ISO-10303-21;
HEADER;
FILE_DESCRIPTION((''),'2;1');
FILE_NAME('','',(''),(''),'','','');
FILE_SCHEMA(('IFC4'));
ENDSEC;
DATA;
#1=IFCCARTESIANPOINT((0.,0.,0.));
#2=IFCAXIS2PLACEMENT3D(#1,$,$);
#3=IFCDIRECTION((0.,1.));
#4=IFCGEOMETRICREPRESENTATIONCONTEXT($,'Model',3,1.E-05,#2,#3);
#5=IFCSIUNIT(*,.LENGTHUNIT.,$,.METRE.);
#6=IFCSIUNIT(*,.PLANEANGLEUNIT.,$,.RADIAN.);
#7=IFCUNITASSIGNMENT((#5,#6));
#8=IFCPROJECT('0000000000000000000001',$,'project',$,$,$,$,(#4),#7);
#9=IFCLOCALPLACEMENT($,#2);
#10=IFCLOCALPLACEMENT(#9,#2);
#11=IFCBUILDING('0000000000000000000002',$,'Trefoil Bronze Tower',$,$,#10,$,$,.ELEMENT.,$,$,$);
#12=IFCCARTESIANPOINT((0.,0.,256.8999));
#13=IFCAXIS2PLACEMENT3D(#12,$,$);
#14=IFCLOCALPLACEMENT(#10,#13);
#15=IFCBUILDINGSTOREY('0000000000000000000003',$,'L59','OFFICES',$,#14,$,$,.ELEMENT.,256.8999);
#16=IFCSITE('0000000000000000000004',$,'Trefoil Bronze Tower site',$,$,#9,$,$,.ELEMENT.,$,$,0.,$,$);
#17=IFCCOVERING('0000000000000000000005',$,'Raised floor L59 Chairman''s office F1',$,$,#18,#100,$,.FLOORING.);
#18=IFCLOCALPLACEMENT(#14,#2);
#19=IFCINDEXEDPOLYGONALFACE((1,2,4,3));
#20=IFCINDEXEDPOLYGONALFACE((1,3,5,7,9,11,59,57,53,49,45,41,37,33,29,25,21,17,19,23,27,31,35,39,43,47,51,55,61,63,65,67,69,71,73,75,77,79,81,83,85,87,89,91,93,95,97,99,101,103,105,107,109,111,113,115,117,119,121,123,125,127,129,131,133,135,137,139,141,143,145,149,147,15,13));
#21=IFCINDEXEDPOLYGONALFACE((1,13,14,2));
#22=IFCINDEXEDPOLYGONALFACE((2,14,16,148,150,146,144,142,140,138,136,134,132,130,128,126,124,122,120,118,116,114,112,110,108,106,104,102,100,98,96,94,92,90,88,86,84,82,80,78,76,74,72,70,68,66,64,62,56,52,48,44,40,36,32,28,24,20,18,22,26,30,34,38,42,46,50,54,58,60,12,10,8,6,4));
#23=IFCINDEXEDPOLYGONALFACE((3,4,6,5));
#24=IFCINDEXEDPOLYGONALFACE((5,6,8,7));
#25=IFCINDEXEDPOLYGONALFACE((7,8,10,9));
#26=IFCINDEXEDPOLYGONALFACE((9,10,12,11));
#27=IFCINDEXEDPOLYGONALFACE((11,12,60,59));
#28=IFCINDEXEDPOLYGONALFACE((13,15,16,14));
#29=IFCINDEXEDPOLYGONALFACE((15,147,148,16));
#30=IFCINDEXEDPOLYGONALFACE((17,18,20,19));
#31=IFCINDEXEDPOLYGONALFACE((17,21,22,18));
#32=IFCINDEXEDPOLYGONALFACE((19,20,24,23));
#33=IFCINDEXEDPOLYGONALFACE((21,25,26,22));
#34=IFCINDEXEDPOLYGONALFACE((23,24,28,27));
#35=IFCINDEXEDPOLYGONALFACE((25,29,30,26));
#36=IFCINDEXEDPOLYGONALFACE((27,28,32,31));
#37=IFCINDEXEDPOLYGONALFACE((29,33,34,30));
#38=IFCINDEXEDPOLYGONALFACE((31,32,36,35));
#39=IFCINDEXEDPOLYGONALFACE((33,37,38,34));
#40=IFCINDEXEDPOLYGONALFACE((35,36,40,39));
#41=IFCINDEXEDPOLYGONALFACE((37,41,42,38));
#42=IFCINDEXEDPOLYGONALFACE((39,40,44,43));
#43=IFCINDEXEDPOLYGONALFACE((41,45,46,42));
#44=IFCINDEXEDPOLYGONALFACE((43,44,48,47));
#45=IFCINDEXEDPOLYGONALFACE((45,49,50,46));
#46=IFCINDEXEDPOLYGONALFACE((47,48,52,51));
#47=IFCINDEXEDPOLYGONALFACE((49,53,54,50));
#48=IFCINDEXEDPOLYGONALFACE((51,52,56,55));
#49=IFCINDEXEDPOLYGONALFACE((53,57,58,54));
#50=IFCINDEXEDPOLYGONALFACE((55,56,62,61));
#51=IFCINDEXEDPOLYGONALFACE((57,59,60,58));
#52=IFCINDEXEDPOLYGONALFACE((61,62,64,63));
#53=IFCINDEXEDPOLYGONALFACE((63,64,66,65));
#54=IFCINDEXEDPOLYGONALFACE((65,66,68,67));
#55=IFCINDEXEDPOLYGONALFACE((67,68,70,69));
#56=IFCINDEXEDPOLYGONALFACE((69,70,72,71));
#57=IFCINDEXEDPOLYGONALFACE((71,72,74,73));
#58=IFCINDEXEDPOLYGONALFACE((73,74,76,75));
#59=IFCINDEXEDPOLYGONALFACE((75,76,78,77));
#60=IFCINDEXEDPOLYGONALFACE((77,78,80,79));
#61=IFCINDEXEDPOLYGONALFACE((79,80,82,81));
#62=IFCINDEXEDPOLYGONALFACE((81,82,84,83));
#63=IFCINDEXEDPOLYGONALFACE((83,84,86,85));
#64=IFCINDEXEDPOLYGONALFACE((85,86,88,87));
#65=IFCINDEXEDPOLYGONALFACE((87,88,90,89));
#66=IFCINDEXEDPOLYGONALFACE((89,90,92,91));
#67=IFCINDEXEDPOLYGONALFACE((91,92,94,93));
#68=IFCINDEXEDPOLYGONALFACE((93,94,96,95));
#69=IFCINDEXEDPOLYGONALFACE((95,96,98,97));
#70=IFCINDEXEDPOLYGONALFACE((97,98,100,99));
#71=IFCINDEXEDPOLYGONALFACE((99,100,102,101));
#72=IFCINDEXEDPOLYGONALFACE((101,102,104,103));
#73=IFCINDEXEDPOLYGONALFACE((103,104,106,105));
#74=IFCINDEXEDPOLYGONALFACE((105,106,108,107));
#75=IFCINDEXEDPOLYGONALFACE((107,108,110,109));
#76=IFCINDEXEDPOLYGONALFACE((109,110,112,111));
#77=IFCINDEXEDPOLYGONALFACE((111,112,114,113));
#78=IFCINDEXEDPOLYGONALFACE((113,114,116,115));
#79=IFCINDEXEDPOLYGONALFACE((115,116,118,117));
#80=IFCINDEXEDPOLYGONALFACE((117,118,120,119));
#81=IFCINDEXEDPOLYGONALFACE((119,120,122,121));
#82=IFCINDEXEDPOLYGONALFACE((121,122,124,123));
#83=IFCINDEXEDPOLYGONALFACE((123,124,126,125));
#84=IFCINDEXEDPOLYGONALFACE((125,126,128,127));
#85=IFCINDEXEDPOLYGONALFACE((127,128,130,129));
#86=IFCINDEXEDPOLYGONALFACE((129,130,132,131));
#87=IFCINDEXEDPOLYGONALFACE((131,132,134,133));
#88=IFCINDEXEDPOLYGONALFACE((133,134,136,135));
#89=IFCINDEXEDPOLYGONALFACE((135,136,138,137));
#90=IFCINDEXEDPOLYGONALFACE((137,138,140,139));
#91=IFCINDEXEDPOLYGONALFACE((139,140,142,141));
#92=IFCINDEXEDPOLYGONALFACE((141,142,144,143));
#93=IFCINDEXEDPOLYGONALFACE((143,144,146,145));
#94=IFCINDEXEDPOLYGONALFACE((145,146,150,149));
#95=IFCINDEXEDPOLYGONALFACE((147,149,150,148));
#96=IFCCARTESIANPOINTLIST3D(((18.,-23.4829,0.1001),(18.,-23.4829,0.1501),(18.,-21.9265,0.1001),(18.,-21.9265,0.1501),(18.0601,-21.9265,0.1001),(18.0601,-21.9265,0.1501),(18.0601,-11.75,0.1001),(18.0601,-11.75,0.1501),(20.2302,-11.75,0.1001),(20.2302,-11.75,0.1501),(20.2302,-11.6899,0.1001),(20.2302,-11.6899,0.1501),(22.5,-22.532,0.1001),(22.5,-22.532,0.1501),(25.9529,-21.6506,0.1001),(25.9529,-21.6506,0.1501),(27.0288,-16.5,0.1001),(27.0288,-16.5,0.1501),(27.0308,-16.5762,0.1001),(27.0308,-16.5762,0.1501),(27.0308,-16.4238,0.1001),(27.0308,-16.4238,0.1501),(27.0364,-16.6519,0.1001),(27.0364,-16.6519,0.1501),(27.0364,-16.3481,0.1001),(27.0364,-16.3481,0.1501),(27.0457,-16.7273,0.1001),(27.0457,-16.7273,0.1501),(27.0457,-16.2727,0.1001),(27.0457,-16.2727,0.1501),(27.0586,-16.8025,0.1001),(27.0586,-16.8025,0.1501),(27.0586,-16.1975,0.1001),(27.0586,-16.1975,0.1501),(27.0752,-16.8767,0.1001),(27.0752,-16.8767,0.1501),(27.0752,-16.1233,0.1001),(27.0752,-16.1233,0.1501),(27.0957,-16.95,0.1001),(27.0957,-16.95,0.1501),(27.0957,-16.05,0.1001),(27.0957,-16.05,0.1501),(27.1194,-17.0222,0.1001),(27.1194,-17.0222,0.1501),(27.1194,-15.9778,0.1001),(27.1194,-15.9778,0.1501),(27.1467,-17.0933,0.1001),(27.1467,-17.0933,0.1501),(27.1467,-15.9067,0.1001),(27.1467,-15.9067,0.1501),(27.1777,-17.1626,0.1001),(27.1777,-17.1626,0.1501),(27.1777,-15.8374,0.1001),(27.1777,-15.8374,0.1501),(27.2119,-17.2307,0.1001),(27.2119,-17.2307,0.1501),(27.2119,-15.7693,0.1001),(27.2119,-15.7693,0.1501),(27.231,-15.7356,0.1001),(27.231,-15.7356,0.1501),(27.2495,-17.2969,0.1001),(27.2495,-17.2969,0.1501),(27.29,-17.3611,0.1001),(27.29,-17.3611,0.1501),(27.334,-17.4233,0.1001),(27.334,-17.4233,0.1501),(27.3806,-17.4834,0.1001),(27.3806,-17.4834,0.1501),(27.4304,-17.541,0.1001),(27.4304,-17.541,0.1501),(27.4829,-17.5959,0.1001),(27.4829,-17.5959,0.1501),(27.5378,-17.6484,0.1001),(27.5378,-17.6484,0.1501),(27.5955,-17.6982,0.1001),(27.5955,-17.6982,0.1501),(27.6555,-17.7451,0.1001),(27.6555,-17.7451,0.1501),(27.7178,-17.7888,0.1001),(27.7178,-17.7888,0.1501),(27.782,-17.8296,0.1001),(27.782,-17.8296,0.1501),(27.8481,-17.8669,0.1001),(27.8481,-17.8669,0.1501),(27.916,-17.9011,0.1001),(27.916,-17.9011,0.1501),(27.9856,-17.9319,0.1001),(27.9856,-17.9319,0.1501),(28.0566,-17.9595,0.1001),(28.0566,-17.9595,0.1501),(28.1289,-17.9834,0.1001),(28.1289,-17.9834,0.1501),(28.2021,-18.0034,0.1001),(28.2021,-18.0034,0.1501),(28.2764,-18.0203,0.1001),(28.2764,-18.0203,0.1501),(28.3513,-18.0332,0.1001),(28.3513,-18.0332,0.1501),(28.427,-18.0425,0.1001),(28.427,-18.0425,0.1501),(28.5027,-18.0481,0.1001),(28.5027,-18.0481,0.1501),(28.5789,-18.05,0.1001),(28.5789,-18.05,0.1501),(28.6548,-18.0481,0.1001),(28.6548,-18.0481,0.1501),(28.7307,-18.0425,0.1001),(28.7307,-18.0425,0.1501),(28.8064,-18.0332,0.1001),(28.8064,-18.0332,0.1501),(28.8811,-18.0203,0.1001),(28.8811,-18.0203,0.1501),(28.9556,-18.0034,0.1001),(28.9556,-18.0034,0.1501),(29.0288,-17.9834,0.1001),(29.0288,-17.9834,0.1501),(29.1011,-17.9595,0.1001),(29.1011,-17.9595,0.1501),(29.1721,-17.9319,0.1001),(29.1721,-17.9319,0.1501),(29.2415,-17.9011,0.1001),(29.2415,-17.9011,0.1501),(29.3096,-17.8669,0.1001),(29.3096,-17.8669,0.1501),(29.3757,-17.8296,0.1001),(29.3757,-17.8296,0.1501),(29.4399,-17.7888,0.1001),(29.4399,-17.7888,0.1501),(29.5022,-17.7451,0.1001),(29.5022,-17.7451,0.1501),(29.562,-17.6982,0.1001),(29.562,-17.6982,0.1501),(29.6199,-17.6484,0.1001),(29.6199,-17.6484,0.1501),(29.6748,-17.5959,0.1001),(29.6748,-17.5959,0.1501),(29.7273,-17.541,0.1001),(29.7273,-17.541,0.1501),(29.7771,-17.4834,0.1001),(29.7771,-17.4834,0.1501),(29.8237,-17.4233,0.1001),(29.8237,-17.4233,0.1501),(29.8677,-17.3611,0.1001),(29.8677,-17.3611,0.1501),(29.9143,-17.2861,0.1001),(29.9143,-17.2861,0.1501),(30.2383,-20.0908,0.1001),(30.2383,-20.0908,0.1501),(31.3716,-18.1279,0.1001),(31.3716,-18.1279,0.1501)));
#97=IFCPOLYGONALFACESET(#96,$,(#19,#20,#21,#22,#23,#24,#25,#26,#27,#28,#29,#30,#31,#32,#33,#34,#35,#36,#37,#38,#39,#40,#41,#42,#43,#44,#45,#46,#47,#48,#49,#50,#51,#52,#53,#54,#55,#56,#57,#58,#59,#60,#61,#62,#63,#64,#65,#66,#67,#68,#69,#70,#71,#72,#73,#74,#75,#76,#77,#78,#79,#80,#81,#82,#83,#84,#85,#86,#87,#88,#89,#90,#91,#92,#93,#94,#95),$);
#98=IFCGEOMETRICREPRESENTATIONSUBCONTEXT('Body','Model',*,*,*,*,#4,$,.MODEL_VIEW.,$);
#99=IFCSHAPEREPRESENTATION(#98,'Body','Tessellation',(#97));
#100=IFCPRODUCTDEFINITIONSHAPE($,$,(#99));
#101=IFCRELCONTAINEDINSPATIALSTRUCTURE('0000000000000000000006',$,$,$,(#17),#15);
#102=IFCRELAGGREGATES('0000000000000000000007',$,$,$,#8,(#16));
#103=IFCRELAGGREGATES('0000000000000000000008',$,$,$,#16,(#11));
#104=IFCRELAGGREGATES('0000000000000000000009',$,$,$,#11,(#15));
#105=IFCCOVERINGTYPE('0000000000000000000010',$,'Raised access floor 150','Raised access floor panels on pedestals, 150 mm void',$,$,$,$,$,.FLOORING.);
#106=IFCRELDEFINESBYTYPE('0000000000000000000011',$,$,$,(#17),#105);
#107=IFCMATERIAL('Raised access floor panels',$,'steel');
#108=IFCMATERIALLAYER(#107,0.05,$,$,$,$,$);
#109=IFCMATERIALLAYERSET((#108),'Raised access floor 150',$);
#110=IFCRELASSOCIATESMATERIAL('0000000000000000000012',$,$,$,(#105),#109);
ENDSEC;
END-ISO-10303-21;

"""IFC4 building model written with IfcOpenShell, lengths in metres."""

from ifc_helpers import new_model, si_unit, direction, frame, origin, place, context, subcontext, project, spatial, polyline, outline, extrude, material, layer, layer_set, type_object, element, save


model = new_model("IFC4")

# Units and contexts
model_context = context("Model", 3, precision=1e-05, world=origin(), true_north=direction((0.0, 1.0)))
body_context = subcontext(model_context, "Body", "Model", "MODEL_VIEW")
ifc_project = project(units=[si_unit("LENGTHUNIT", "METRE"), si_unit("PLANEANGLEUNIT", "RADIAN")], contexts=[model_context])

# Site, building, storey
site_placement = place(None, origin())
site = spatial("IfcSite", under=ifc_project, at=site_placement, Name="Trefoil Bronze Tower site", CompositionType="ELEMENT", RefElevation=0.0)
building_placement = place(site_placement, origin())
building = spatial("IfcBuilding", under=site, at=building_placement, Name="Trefoil Bronze Tower", CompositionType="ELEMENT")
storey_placement = place(building_placement, frame((0.0, 0.0, 256.8999)))
storey = spatial("IfcBuildingStorey", under=building, at=storey_placement, Name="L59", Description="OFFICES", CompositionType="ELEMENT", Elevation=256.8999)

# Covering
ifc_material_1 = material(Name="Raised access floor panels", Category="steel")
ifc_layer_1 = layer(ifc_material_1, 0.05)
ifc_layer_set_1 = layer_set([ifc_layer_1], Name="Raised access floor 150")
covering_type_1 = type_object("IfcCoveringType", Name="Raised access floor 150", Description="Raised access floor panels on pedestals, 150 mm void", PredefinedType="FLOORING", material=ifc_layer_set_1)
covering_1_placement = place(storey_placement, frame((0.0, 0.0, 0.1001)))
element("IfcCovering", 1, at=covering_1_placement, inside=storey, type_object=covering_type_1, Name="Raised floor L59 Chairman's office F1", PredefinedType="FLOORING", context=body_context, shape_type="SweptSolid", body=[
    extrude(outline(polyline([(25.9529, -21.6506), (22.5, -22.532), (18.0, -23.4829), (18.0, -21.9265), (18.0601, -21.9265), (18.0601, -11.75), (20.2302, -11.75), (20.2302, -11.6899), (27.231, -15.7356), (27.2119, -15.7693), (27.1777, -15.8374), (27.1467, -15.9067), (27.1194, -15.9778), (27.0957, -16.05), (27.0752, -16.1233), (27.0586, -16.1975), (27.0457, -16.2727), (27.0364, -16.3481), (27.0308, -16.4238), (27.0288, -16.5), (27.0308, -16.5762), (27.0364, -16.6519), (27.0457, -16.7273), (27.0586, -16.8025), (27.0752, -16.8767), (27.0957, -16.95), (27.1194, -17.0222), (27.1467, -17.0933), (27.1777, -17.1626), (27.2119, -17.2307), (27.2495, -17.2969), (27.29, -17.3611), (27.334, -17.4233), (27.3806, -17.4834), (27.4304, -17.541), (27.4829, -17.5959), (27.5378, -17.6484), (27.5955, -17.6982), (27.6555, -17.7451), (27.7178, -17.7888), (27.782, -17.8296), (27.8481, -17.8669), (27.916, -17.9011), (27.9856, -17.9319), (28.0566, -17.9595), (28.1289, -17.9834), (28.2021, -18.0034), (28.2764, -18.0203), (28.3513, -18.0332), (28.427, -18.0425), (28.5027, -18.0481), (28.5789, -18.05), (28.6548, -18.0481), (28.7307, -18.0425), (28.8064, -18.0332), (28.8811, -18.0203), (28.9556, -18.0034), (29.0288, -17.9834), (29.1011, -17.9595), (29.1721, -17.9319), (29.2415, -17.9011), (29.3096, -17.8669), (29.3757, -17.8296), (29.4399, -17.7888), (29.5022, -17.7451), (29.562, -17.6982), (29.6199, -17.6484), (29.6748, -17.5959), (29.7273, -17.541), (29.7771, -17.4834), (29.8237, -17.4233), (29.8677, -17.3611), (29.9143, -17.2861), (31.3716, -18.1279), (30.2383, -20.0908), (25.9529, -21.6506)])), origin(), (0.0, 0.0, 1.0), 0.05),
])

save(model, "model.ifc")
